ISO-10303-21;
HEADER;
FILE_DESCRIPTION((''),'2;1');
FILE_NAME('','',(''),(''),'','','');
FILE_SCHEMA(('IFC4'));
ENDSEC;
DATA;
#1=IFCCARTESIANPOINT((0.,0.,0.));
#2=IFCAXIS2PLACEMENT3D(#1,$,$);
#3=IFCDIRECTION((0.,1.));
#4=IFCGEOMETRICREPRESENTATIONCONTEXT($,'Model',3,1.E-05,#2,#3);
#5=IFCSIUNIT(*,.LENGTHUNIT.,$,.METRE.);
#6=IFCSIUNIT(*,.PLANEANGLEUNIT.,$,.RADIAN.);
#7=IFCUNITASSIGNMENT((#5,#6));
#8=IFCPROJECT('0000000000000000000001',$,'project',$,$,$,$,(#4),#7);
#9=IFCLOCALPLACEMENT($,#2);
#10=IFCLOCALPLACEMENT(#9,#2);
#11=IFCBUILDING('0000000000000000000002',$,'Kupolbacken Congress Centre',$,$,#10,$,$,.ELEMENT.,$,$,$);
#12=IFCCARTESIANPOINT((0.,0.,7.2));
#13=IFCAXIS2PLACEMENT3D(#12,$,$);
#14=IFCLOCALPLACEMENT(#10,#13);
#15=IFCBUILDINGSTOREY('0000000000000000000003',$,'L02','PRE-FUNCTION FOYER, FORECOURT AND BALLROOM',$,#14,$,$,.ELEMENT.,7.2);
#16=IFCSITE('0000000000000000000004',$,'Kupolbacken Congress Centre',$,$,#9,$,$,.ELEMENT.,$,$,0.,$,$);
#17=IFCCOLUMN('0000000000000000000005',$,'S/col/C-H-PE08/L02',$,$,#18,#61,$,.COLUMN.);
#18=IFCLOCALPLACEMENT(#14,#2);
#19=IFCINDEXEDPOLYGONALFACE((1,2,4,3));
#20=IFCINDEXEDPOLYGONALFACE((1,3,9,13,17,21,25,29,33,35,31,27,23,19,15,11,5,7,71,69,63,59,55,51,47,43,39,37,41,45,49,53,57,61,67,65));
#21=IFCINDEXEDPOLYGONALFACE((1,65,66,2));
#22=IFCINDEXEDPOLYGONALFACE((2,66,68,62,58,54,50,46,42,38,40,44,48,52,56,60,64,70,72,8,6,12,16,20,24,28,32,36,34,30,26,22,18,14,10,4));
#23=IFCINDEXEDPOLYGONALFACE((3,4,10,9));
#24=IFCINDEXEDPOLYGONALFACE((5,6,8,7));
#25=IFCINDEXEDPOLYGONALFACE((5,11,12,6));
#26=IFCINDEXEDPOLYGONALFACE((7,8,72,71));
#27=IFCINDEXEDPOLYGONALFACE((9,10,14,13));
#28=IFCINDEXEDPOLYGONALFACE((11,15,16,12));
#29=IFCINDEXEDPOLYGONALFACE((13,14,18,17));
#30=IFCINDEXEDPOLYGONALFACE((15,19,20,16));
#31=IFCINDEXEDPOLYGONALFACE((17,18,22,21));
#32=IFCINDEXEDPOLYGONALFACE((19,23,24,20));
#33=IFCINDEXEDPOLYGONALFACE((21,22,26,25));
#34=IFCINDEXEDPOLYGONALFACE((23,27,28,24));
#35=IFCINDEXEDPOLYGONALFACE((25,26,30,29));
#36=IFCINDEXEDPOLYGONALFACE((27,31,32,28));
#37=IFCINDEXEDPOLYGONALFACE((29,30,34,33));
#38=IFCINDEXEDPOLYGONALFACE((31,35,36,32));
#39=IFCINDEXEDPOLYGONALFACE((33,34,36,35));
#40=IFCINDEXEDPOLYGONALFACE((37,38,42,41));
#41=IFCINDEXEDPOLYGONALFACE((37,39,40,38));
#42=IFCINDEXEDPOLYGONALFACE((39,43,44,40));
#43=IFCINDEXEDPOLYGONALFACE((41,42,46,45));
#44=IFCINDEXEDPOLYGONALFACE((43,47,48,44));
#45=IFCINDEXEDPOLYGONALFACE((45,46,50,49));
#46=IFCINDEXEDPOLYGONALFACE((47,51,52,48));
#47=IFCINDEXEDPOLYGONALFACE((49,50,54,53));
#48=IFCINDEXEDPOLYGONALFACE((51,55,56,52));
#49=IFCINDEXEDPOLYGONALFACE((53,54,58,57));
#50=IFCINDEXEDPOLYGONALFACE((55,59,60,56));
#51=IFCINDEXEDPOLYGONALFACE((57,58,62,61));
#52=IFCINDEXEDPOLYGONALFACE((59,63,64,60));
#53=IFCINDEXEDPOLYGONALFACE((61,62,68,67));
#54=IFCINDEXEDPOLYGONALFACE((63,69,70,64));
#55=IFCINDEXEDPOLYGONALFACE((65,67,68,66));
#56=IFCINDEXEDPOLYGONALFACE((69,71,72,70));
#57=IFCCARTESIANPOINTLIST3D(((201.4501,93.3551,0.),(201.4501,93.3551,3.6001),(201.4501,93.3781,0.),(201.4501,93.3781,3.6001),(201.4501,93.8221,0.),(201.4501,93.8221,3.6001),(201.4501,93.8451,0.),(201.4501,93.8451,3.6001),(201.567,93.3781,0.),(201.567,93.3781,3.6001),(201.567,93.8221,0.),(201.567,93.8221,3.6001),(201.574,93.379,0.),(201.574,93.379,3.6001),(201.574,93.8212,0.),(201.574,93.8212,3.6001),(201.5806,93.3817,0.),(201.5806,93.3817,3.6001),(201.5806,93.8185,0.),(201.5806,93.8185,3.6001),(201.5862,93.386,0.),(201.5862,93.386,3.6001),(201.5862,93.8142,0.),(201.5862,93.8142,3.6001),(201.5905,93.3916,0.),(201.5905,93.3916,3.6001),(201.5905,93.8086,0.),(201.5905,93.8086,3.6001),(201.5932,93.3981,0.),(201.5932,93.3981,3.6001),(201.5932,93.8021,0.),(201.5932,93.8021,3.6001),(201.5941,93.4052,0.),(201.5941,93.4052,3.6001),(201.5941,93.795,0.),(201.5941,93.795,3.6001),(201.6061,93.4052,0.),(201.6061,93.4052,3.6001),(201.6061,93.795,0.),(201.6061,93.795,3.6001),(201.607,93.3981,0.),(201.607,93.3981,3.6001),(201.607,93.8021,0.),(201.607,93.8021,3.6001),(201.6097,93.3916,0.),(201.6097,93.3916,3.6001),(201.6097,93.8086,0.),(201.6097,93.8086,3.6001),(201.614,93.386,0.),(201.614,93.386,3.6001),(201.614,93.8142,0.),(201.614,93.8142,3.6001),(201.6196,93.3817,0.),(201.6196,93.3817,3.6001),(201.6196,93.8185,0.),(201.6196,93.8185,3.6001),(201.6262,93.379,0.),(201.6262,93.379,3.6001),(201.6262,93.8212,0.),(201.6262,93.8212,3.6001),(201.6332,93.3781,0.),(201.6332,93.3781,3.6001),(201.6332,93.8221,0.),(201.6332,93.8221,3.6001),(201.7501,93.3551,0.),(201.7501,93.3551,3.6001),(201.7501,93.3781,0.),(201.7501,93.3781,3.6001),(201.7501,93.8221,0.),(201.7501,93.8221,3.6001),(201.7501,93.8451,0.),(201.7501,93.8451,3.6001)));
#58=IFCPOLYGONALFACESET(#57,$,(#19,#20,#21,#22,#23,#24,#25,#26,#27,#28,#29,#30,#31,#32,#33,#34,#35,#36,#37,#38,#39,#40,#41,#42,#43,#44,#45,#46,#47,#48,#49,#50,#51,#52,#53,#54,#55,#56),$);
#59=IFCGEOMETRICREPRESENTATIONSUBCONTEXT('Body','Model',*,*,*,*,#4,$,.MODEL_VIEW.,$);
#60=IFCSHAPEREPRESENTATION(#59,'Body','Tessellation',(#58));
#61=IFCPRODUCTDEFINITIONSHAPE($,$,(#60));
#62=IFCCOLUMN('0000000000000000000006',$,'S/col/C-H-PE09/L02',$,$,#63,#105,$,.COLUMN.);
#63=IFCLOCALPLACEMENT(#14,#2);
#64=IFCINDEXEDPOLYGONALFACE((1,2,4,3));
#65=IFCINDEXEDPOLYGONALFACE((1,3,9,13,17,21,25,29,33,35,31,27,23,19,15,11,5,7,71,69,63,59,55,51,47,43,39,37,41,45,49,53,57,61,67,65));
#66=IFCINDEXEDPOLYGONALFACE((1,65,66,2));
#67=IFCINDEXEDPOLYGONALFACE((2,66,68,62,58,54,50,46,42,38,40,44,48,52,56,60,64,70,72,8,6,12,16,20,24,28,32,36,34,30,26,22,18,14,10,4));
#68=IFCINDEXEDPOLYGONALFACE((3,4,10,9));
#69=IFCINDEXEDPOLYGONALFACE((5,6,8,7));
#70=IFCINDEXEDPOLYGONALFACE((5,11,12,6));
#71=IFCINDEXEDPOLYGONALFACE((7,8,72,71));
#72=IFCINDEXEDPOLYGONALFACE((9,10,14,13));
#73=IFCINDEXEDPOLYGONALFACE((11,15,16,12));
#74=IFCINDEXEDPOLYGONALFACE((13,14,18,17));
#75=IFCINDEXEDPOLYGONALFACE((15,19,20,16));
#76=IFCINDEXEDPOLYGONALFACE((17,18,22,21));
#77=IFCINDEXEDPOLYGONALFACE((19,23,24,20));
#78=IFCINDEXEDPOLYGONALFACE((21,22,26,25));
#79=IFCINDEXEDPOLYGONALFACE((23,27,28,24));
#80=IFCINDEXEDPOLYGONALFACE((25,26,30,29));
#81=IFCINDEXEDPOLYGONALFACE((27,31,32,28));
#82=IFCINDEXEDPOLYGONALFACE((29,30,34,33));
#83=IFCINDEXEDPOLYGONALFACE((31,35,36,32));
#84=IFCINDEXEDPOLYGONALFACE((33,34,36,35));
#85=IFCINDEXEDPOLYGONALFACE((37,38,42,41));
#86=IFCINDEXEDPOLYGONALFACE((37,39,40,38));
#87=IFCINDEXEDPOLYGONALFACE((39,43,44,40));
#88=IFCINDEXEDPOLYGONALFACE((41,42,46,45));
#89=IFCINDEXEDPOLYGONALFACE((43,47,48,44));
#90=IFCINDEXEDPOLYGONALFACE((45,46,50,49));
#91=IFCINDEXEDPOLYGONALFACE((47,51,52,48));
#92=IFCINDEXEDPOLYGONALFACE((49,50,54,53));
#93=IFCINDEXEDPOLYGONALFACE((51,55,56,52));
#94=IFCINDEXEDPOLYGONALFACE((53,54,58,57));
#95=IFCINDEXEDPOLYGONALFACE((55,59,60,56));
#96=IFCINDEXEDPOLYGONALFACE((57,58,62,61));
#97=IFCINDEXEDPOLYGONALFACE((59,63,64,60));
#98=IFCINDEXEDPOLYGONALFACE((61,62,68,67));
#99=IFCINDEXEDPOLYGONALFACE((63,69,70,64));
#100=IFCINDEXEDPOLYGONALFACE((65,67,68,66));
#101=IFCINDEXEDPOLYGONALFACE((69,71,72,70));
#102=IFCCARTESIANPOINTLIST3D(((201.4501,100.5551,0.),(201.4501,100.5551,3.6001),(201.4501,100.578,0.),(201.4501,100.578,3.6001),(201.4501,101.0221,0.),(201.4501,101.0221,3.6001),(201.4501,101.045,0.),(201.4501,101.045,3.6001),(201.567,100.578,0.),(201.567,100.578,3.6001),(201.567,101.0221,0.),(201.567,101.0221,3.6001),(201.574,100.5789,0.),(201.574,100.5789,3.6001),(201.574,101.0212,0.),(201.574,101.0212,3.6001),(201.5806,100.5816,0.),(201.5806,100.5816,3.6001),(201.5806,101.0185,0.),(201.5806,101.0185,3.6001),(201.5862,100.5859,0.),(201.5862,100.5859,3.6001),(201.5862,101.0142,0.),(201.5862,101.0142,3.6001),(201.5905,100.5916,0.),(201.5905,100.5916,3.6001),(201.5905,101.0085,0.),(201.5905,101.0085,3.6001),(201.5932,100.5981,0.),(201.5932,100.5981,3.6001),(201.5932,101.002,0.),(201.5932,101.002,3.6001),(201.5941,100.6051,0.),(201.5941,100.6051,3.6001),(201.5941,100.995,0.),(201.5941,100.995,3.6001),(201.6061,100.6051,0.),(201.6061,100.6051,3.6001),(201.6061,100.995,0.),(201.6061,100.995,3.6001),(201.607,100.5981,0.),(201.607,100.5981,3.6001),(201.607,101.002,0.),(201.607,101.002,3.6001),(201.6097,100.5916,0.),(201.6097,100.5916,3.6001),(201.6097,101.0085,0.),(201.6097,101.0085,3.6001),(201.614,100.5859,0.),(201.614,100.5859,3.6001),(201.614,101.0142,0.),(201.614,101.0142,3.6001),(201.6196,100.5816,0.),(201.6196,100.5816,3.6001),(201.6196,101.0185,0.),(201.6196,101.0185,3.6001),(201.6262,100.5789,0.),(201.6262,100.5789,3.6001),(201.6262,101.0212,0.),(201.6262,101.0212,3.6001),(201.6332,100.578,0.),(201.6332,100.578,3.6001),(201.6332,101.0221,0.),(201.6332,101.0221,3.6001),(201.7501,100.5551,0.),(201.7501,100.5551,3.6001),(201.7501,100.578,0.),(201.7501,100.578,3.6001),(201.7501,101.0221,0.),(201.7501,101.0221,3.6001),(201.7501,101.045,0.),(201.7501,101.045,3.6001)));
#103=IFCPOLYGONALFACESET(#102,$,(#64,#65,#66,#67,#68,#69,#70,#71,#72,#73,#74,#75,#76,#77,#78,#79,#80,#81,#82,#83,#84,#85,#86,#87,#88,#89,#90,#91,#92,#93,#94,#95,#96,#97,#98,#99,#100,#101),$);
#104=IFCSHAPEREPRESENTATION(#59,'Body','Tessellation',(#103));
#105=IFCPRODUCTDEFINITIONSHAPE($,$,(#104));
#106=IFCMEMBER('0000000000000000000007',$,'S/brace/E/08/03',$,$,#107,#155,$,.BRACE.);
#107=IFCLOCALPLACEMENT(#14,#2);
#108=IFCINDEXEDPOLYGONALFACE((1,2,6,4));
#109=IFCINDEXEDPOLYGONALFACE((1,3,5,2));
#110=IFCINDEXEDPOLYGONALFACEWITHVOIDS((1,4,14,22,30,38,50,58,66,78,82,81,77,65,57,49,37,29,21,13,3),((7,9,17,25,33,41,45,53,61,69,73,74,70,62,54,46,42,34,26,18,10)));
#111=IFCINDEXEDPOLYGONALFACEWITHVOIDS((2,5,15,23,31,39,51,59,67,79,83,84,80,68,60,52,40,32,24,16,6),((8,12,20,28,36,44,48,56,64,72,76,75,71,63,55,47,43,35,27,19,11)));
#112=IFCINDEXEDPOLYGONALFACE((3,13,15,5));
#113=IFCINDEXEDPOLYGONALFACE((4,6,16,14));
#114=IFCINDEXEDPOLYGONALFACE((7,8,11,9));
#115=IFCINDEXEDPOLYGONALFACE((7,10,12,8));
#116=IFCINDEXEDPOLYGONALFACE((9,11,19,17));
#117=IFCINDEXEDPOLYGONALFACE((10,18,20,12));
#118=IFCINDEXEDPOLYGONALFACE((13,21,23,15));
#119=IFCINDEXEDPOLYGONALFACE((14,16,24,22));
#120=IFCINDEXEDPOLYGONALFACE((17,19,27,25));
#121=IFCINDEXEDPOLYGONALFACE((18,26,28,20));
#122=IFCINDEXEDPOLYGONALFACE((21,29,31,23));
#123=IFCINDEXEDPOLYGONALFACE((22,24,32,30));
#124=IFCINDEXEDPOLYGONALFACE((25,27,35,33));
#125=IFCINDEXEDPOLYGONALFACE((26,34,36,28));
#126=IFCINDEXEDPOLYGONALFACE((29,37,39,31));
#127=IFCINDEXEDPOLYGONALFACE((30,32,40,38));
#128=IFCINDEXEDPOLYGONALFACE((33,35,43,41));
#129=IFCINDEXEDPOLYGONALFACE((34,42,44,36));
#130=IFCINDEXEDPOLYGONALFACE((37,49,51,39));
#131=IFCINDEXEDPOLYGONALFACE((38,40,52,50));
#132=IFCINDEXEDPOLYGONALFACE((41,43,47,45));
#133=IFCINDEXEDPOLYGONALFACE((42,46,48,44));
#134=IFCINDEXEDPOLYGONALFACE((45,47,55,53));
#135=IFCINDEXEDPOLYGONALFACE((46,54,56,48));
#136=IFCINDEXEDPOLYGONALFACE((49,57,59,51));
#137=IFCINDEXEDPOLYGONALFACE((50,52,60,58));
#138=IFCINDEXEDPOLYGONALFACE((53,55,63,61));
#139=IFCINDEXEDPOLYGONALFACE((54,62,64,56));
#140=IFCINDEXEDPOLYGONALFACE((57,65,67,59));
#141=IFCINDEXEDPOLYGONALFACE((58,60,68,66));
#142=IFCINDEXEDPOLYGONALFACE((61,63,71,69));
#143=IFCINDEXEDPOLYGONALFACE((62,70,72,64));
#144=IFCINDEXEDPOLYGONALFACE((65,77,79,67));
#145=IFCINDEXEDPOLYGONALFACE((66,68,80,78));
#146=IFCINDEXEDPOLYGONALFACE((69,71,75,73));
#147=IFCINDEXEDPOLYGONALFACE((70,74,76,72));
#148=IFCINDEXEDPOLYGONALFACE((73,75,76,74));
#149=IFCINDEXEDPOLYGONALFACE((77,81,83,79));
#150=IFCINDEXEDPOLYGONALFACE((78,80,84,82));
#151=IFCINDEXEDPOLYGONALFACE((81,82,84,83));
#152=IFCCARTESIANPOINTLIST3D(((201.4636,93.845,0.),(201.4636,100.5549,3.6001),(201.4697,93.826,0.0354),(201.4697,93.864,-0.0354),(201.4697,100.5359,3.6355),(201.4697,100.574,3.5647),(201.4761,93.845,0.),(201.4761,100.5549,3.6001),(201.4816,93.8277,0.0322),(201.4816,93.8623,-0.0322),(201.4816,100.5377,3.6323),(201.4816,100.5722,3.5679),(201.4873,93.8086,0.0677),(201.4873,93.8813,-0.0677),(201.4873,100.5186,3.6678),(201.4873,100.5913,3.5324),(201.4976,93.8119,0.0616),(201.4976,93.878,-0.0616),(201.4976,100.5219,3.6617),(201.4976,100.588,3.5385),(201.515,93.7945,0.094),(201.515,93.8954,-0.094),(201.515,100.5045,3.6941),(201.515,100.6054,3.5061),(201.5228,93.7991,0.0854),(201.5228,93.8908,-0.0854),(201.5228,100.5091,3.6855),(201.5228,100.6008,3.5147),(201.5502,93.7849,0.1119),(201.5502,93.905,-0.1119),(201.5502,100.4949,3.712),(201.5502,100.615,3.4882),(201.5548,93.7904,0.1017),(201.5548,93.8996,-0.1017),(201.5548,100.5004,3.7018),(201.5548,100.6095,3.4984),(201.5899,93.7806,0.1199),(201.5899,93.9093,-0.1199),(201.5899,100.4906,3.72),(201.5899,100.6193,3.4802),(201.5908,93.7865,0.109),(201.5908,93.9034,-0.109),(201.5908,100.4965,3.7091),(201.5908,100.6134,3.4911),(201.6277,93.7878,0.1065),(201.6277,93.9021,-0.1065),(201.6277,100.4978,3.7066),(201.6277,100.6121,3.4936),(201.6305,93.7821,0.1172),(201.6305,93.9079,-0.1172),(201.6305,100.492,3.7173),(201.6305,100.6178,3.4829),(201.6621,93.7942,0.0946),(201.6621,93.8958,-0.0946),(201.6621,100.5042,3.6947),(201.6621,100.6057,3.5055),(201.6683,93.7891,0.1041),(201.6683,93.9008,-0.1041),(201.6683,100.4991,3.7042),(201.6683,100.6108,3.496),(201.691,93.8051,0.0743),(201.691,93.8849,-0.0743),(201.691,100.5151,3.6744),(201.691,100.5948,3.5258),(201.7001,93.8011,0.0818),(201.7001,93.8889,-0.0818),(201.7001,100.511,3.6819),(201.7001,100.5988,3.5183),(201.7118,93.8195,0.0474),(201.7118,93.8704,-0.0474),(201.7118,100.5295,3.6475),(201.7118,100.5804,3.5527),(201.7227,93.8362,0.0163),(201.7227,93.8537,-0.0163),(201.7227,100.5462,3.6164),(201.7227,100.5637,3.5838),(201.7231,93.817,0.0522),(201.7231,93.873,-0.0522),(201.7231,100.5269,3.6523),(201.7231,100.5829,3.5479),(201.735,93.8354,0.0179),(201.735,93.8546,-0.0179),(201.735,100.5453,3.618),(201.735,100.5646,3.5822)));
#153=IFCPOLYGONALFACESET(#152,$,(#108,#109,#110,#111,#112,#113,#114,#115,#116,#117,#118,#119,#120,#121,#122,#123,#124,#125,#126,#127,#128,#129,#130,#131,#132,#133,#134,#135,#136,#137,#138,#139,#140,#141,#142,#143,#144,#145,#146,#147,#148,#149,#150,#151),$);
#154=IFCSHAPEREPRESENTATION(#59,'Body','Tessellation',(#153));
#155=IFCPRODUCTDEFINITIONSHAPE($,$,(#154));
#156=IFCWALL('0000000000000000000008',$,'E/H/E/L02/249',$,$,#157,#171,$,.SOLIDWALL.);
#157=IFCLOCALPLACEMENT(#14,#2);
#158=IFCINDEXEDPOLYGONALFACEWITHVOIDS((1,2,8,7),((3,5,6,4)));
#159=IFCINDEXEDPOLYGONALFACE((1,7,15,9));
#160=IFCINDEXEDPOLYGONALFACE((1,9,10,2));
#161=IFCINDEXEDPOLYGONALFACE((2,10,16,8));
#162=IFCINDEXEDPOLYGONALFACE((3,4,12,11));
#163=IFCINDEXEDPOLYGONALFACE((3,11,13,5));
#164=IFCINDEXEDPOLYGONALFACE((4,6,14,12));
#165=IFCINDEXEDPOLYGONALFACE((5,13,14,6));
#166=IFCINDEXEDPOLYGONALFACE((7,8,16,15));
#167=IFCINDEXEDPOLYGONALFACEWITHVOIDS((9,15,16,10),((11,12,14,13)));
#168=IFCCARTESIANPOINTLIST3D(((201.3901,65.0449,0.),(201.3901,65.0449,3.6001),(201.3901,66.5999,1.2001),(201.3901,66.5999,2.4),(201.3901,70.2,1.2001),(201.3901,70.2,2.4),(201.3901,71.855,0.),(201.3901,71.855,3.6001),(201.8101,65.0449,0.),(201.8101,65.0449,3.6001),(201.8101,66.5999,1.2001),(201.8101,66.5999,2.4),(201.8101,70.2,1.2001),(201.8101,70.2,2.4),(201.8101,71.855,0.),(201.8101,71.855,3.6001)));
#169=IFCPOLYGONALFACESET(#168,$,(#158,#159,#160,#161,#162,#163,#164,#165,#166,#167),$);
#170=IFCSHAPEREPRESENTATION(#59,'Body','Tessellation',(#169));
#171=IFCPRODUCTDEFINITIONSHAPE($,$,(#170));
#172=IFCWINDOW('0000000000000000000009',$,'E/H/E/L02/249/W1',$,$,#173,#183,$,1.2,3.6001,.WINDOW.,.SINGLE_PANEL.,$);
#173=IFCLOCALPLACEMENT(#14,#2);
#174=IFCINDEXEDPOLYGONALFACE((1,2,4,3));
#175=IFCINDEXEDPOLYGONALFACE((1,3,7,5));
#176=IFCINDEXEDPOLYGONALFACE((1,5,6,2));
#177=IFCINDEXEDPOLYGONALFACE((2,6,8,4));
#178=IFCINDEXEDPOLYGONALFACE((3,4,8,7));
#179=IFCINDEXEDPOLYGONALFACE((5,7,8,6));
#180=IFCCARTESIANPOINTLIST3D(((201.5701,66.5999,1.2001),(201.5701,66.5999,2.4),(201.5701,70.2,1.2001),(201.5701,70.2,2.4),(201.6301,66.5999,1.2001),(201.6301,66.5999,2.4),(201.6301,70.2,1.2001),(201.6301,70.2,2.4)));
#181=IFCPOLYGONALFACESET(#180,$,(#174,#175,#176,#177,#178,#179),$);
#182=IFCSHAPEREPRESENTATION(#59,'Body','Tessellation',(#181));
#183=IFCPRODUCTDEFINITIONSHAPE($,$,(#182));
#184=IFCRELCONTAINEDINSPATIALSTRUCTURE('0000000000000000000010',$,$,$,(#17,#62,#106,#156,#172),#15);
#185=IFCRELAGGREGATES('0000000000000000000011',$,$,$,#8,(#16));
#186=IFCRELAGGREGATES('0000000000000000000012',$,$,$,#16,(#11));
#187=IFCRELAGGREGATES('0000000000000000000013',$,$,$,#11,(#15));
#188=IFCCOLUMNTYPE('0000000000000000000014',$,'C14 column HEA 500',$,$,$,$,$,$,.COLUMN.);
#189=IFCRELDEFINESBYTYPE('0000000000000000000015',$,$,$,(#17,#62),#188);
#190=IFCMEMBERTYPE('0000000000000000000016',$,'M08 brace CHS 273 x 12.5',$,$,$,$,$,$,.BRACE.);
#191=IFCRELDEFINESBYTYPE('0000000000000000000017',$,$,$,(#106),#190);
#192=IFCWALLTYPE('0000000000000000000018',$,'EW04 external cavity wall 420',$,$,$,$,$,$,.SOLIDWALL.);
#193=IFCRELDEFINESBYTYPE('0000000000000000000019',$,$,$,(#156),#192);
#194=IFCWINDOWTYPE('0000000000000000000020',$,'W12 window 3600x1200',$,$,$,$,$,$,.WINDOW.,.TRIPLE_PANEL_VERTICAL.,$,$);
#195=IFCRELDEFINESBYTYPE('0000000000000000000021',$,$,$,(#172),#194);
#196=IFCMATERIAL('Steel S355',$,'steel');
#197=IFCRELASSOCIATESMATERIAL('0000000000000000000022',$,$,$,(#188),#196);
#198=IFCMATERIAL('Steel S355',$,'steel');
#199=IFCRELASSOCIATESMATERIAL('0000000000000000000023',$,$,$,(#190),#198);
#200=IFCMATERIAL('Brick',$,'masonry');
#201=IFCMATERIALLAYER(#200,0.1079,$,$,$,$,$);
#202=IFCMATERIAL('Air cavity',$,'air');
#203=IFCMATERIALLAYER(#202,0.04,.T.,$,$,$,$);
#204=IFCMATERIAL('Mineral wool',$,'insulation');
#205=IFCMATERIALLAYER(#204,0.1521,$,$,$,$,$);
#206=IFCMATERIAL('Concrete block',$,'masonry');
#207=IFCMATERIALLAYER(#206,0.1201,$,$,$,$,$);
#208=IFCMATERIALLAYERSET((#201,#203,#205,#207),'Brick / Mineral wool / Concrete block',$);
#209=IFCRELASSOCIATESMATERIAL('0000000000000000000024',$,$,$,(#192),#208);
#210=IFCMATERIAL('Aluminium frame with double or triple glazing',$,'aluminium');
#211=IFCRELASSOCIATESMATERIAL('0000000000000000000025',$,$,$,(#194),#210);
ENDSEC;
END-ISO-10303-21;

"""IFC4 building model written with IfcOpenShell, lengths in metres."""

from ifc_helpers import new_model, si_unit, direction, frame, frame_2d, origin, origin_2d, place, context, subcontext, project, spatial, rectangle, hollow_circle, i_section, extrude, material, layer, layer_set, material_profile, profile_set, type_object, element, fill, save


model = new_model("IFC4")

# Units and contexts
model_context = context("Model", 3, precision=1e-05, world=origin(), true_north=direction((0.0, 1.0)))
body_context = subcontext(model_context, "Body", "Model", "MODEL_VIEW")
ifc_project = project(units=[si_unit("LENGTHUNIT", "METRE"), si_unit("PLANEANGLEUNIT", "RADIAN")], contexts=[model_context])

# Site, building, storey
site_placement = place(None, origin())
site = spatial("IfcSite", under=ifc_project, at=site_placement, Name="Kupolbacken Congress Centre", CompositionType="ELEMENT", RefElevation=0.0)
building_placement = place(site_placement, origin())
building = spatial("IfcBuilding", under=site, at=building_placement, Name="Kupolbacken Congress Centre", CompositionType="ELEMENT")
storey_placement = place(building_placement, frame((0.0, 0.0, 7.2)))
storey = spatial("IfcBuildingStorey", under=building, at=storey_placement, Name="L02", Description="PRE-FUNCTION FOYER, FORECOURT AND BALLROOM", CompositionType="ELEMENT", Elevation=7.2)

# Columns
ifc_material_1 = material(Name="Steel S355", Category="steel")
ifc_material_profile_1 = material_profile(ifc_material_1, i_section(OverallWidth=0.3, OverallDepth=0.49, WebThickness=0.012, FlangeThickness=0.0229, FilletRadius=0.0271, at=origin_2d()), Name="HEA 500")
ifc_profile_set_1 = profile_set([ifc_material_profile_1], Name="Steel S355")
column_type_1 = type_object("IfcColumnType", Name="C14 column HEA 500", PredefinedType="COLUMN", material=ifc_profile_set_1)
for number, where, z_axis, x_axis, name in (
    (1, (201.6001, 93.6001, 0.0), (0.0, 0.0, 1.0), (1.0, 0.0, 0.0), "S/col/C-H-PE08/L02"),
    (2, (201.6001, 100.8, 0.0), (0.0, 0.0, 1.0), (1.0, 0.0, 0.0), "S/col/C-H-PE09/L02"),
):
    element("IfcColumn", number, at=place(storey_placement, frame(where, z_axis=z_axis, x_axis=x_axis)), inside=storey, type_object=column_type_1, Name=name, PredefinedType="COLUMN", context=body_context, shape_type="SweptSolid", body=[
        extrude(i_section(OverallWidth=0.3, OverallDepth=0.49, WebThickness=0.012, FlangeThickness=0.0229, FilletRadius=0.0271, at=origin_2d()), origin(), (0.0, 0.0, 1.0), 3.6001),
    ])

# Member
ifc_material_2 = material(Name="Steel S355", Category="steel")
ifc_material_profile_2 = material_profile(ifc_material_2, hollow_circle(Radius=0.1365, WallThickness=0.0125, at=origin_2d()), Name="CHS 273 x 12.5")
ifc_profile_set_2 = profile_set([ifc_material_profile_2], Name="Steel S355")
member_type = type_object("IfcMemberType", Name="M08 brace CHS 273 x 12.5", PredefinedType="BRACE", material=ifc_profile_set_2)
member_placement = place(storey_placement, frame((201.6001, 93.845, 0.0), z_axis=(0.0, 0.88118, 0.47278), x_axis=(-1.0, 0.0, 0.0)))
element("IfcMember", 3, at=member_placement, inside=storey, type_object=member_type, Name="S/brace/E/08/03", PredefinedType="BRACE", context=body_context, shape_type="SweptSolid", body=[
    extrude(hollow_circle(Radius=0.1365, WallThickness=0.0125, at=origin_2d()), origin(), (0.0, 0.0, 1.0), 7.6147),
])

# Wall, opening, window
ifc_material_3 = material(Name="Brick", Category="masonry")
ifc_layer_1 = layer(ifc_material_3, 0.1079)
ifc_material_4 = material(Name="Air cavity", Category="air")
ifc_layer_2 = layer(ifc_material_4, 0.04, ventilated=True)
ifc_material_5 = material(Name="Mineral wool", Category="insulation")
ifc_layer_3 = layer(ifc_material_5, 0.1521)
ifc_material_6 = material(Name="Concrete block", Category="masonry")
ifc_layer_4 = layer(ifc_material_6, 0.1201)
ifc_layer_set_1 = layer_set([ifc_layer_1, ifc_layer_2, ifc_layer_3, ifc_layer_4], Name="Brick / Mineral wool / Concrete block")
wall_type = type_object("IfcWallType", Name="EW04 external cavity wall 420", PredefinedType="SOLIDWALL", material=ifc_layer_set_1)
wall_1_placement = place(storey_placement, frame((201.6001, 65.0449, 0.0), z_axis=(0.0, 0.0, 1.0), x_axis=(0.0, 1.0, 0.0)))
wall_1 = element("IfcWall", 4, at=wall_1_placement, inside=storey, type_object=wall_type, Name="E/H/E/L02/249", PredefinedType="SOLIDWALL", context=body_context, shape_type="SweptSolid", body=[
    extrude(rectangle(XDim=6.8101, YDim=0.4199, at=frame_2d((3.405, 0.0))), origin(), (0.0, 0.0, 1.0), 3.6001),
])
opening_1_placement = place(wall_1_placement, frame((1.5549, 0.0, 1.2)))
opening_1 = element("IfcOpeningElement", 5, at=opening_1_placement, cuts=wall_1, PredefinedType="OPENING", context=body_context, shape_type="SweptSolid", body=[
    extrude(rectangle(XDim=3.6001, YDim=1.2, at=frame_2d((1.8, 0.6001))), frame((0.0, 0.22, 0.0), z_axis=(0.0, -1.0, 0.0), x_axis=(1.0, 0.0, 0.0)), (0.0, 0.0, 1.0), 0.4399),
])
ifc_material_7 = material(Name="Aluminium frame with double or triple glazing", Category="aluminium")
window_type = type_object("IfcWindowType", Name="W12 window 3600x1200", PartitioningType="TRIPLE_PANEL_VERTICAL", PredefinedType="WINDOW", material=ifc_material_7)
window_1_placement = place(opening_1_placement, origin())
window_1 = element("IfcWindow", 6, at=window_1_placement, inside=storey, type_object=window_type, Name="E/H/E/L02/249/W1", OverallHeight=1.2, OverallWidth=3.6001, PartitioningType="SINGLE_PANEL", PredefinedType="WINDOW", context=body_context, shape_type="SweptSolid", body=[
    extrude(rectangle(XDim=3.6001, YDim=1.2, at=frame_2d((1.8, 0.6001))), frame((0.0, 0.03, 0.0), z_axis=(0.0, -1.0, 0.0), x_axis=(1.0, 0.0, 0.0)), (0.0, 0.0, 1.0), 0.0601),
])
fill(opening_1, window_1)

save(model, "model.ifc")
